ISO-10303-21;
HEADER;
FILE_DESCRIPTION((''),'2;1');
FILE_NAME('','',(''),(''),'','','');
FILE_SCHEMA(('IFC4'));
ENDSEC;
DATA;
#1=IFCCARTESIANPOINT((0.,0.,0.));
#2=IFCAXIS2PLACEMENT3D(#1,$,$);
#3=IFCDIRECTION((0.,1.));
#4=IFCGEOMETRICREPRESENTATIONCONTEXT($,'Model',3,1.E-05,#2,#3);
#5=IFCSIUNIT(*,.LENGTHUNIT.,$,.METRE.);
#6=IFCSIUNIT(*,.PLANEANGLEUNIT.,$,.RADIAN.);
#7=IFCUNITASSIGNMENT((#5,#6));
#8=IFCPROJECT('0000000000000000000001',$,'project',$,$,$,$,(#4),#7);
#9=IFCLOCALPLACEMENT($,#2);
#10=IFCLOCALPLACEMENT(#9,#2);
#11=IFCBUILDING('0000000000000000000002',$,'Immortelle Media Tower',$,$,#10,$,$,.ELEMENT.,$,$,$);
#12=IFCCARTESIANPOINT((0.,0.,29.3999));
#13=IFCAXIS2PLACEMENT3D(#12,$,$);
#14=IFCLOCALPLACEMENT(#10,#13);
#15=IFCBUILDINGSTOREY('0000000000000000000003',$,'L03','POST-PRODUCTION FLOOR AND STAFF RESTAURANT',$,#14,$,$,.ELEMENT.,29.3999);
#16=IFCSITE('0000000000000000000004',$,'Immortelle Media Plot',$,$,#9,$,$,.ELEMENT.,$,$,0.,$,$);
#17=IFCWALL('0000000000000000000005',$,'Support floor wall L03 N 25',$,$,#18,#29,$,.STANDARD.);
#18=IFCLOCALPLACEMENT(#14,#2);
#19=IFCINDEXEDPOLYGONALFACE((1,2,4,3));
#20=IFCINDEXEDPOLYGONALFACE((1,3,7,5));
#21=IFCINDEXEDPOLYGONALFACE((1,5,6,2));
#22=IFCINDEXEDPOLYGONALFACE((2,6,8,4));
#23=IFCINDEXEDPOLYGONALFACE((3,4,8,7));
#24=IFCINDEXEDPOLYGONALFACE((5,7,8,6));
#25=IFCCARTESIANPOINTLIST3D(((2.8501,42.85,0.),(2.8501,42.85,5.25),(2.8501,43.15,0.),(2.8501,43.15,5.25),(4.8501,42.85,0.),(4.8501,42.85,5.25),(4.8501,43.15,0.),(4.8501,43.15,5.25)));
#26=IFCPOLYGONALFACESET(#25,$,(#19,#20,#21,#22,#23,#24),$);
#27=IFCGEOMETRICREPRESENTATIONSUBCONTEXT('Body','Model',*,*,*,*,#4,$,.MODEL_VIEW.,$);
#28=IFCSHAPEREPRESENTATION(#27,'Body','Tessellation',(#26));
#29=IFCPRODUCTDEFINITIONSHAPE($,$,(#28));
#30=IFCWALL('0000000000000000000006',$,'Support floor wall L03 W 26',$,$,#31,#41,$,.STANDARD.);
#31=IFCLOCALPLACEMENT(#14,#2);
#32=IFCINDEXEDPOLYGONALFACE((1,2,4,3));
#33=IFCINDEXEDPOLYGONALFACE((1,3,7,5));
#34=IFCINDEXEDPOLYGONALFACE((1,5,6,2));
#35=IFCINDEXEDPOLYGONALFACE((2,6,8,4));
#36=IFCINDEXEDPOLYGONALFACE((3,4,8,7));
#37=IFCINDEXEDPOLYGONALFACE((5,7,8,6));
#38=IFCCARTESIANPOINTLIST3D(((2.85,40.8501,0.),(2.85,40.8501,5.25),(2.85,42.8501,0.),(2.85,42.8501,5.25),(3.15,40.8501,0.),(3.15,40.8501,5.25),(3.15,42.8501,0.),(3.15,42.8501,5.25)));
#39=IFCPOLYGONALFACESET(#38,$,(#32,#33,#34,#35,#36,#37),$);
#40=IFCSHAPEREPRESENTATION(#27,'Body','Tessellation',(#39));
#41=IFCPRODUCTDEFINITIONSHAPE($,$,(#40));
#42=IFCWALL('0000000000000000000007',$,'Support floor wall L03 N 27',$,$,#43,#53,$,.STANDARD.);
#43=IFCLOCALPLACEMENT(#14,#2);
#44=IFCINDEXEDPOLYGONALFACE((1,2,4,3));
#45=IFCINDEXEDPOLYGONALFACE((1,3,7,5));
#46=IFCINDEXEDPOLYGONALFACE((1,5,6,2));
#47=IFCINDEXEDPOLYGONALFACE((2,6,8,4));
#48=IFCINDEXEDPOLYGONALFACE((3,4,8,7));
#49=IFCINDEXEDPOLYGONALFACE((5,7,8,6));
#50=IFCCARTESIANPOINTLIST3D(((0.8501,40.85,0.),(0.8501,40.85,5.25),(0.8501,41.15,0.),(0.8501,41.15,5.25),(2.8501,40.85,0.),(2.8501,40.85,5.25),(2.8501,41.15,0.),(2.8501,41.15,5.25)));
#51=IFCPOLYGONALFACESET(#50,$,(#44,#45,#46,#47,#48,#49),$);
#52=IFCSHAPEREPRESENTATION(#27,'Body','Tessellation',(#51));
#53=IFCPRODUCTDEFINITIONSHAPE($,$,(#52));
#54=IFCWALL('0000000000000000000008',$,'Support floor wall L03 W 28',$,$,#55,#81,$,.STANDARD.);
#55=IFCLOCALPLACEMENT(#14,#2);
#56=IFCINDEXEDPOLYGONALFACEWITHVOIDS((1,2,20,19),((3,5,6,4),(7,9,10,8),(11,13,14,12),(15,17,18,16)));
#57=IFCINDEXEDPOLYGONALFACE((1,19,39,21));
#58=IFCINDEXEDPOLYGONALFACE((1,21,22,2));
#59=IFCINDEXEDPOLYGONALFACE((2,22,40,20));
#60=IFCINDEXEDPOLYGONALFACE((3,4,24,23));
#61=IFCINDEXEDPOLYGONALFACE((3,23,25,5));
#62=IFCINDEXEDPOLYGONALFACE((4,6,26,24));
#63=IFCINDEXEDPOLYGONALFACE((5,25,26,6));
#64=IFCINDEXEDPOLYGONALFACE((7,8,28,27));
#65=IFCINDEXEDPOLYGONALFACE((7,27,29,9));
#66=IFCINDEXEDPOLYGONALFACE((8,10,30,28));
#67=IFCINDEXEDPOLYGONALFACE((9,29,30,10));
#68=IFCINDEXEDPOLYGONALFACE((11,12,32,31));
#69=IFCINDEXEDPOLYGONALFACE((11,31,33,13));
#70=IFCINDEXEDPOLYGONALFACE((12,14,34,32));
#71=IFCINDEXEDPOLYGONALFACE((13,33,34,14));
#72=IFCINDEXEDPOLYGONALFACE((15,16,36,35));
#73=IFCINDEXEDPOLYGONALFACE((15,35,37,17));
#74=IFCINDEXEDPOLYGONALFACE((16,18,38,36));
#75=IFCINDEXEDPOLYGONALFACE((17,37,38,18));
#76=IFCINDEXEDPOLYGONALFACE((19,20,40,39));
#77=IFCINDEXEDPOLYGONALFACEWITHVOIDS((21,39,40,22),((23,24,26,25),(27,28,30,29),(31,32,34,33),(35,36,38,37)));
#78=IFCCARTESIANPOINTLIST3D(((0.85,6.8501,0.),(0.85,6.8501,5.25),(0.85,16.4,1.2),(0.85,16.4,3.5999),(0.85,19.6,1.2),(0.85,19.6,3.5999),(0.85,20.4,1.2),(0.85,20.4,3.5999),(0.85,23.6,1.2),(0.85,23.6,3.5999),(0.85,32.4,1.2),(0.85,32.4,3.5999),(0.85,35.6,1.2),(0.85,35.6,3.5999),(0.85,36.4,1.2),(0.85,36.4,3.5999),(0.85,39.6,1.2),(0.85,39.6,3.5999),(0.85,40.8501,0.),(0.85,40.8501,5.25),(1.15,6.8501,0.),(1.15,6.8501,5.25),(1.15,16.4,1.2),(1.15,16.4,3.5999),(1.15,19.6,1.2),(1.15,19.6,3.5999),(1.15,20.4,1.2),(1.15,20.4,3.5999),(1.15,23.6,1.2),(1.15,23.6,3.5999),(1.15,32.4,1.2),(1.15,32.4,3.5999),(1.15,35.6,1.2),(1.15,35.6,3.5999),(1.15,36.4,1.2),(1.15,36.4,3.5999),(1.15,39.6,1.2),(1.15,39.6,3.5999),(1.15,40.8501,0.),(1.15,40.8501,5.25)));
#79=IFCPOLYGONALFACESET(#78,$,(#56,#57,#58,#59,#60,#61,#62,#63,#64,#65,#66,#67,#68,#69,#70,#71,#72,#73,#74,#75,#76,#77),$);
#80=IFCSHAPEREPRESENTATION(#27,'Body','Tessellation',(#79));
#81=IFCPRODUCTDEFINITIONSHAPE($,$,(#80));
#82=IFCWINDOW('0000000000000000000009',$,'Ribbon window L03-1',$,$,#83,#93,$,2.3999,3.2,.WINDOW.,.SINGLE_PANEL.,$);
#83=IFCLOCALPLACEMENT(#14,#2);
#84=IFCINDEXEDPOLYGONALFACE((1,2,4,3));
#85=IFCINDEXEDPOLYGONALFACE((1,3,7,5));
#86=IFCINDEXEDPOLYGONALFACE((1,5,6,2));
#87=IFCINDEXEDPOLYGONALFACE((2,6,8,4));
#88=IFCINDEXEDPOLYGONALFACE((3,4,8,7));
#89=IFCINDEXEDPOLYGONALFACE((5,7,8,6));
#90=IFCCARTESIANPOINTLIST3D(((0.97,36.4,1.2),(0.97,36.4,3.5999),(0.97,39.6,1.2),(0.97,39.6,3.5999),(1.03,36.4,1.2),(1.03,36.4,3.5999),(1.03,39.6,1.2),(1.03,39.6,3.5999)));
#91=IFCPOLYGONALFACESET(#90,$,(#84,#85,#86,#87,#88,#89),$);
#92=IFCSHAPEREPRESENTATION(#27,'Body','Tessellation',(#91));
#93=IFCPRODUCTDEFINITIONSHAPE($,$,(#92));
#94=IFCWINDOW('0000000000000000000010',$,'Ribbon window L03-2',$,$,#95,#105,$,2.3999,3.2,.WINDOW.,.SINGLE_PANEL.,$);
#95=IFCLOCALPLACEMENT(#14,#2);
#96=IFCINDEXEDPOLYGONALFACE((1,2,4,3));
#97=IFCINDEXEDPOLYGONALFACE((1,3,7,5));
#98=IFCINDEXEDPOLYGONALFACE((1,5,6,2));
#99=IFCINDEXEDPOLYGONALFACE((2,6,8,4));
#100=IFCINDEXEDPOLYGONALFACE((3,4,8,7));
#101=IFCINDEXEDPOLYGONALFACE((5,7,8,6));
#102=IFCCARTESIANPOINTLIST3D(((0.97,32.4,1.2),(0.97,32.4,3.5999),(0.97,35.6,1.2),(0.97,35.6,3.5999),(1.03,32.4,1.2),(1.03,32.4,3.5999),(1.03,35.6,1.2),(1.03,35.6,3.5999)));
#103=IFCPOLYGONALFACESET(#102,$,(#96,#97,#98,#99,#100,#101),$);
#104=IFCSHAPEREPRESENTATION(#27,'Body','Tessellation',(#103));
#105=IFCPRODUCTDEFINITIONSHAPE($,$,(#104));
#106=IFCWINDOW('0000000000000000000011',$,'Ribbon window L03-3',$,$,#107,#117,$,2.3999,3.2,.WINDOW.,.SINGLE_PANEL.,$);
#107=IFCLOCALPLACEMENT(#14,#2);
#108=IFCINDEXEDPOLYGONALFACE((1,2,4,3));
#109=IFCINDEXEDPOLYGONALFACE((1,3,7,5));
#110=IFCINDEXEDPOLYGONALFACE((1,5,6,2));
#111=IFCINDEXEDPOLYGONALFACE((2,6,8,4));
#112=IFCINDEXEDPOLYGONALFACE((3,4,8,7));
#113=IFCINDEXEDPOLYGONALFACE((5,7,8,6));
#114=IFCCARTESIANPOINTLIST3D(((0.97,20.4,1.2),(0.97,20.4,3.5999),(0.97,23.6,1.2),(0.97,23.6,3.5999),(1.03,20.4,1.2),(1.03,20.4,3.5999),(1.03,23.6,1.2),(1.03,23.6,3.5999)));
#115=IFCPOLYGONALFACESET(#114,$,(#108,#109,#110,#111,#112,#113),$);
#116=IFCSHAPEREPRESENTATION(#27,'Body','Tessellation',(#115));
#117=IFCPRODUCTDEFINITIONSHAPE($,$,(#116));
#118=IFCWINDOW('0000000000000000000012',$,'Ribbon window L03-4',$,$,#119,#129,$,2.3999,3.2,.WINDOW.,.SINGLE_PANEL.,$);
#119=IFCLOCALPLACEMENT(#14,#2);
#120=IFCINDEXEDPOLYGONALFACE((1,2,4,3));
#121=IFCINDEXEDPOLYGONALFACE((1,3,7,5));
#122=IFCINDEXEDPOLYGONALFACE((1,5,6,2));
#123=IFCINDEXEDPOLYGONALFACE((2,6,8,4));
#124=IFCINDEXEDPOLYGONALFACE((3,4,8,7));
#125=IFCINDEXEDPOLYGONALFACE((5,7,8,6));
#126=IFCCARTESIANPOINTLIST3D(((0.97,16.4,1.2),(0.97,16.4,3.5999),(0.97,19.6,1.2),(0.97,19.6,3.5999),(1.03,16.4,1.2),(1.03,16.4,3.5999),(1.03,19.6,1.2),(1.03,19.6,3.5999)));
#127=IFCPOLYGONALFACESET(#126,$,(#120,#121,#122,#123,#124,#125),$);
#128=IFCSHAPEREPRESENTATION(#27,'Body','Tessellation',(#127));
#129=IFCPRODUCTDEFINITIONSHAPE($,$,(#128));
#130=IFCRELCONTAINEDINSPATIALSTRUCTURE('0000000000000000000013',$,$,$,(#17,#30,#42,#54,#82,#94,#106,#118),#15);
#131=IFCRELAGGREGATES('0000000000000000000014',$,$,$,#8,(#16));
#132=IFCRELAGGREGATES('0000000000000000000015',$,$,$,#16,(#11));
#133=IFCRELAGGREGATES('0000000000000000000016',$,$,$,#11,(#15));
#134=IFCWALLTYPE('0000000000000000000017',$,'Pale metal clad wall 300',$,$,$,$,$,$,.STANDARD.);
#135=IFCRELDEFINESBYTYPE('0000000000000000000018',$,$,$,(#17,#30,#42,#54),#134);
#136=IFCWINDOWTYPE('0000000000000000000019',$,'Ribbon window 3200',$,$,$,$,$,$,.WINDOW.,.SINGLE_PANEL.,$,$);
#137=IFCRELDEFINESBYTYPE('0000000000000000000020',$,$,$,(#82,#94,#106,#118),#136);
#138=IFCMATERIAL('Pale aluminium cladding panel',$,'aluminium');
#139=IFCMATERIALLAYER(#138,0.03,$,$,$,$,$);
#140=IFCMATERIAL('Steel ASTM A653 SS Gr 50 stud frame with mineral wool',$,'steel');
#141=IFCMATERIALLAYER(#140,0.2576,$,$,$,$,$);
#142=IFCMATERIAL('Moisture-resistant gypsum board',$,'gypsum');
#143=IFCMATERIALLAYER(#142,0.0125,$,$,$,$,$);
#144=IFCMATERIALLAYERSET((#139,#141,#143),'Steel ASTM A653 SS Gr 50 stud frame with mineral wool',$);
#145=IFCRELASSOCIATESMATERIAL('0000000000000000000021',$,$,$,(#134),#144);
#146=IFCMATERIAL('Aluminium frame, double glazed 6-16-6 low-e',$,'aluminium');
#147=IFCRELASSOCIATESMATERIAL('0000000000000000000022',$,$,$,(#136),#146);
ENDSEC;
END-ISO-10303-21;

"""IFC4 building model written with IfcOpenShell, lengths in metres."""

from ifc_helpers import new_model, si_unit, direction, frame, frame_2d, origin, place, context, subcontext, project, spatial, rectangle, extrude, material, layer, layer_set, type_object, element, fill, save


model = new_model("IFC4")

# Units and contexts
model_context = context("Model", 3, precision=1e-05, world=origin(), true_north=direction((0.0, 1.0)))
body_context = subcontext(model_context, "Body", "Model", "MODEL_VIEW")
ifc_project = project(units=[si_unit("LENGTHUNIT", "METRE"), si_unit("PLANEANGLEUNIT", "RADIAN")], contexts=[model_context])

# Site, building, storey
site_placement = place(None, origin())
site = spatial("IfcSite", under=ifc_project, at=site_placement, Name="Immortelle Media Plot", CompositionType="ELEMENT", RefElevation=0.0)
building_placement = place(site_placement, origin())
building = spatial("IfcBuilding", under=site, at=building_placement, Name="Immortelle Media Tower", CompositionType="ELEMENT")
storey_placement = place(building_placement, frame((0.0, 0.0, 29.3999)))
storey = spatial("IfcBuildingStorey", under=building, at=storey_placement, Name="L03", Description="POST-PRODUCTION FLOOR AND STAFF RESTAURANT", CompositionType="ELEMENT", Elevation=29.3999)

# Walls
ifc_material_1 = material(Name="Pale aluminium cladding panel", Category="aluminium")
ifc_layer_1 = layer(ifc_material_1, 0.03)
ifc_material_2 = material(Name="Steel ASTM A653 SS Gr 50 stud frame with mineral wool", Category="steel")
ifc_layer_2 = layer(ifc_material_2, 0.2576)
ifc_material_3 = material(Name="Moisture-resistant gypsum board", Category="gypsum")
ifc_layer_3 = layer(ifc_material_3, 0.0125)
ifc_layer_set_1 = layer_set([ifc_layer_1, ifc_layer_2, ifc_layer_3], Name="Steel ASTM A653 SS Gr 50 stud frame with mineral wool")
wall_type_1 = type_object("IfcWallType", Name="Pale metal clad wall 300", PredefinedType="STANDARD", material=ifc_layer_set_1)
for number, where, z_axis, x_axis, name in (
    (1, (4.8501, 43.0, 0.0), (0.0, 0.0, 1.0), (-1.0, 0.0, 0.0), "Support floor wall L03 N 25"),
    (2, (3.0, 42.8501, 0.0), (0.0, 0.0, 1.0), (0.0, -1.0, 0.0), "Support floor wall L03 W 26"),
    (3, (2.8501, 41.0, 0.0), (0.0, 0.0, 1.0), (-1.0, 0.0, 0.0), "Support floor wall L03 N 27"),
):
    element("IfcWall", number, at=place(storey_placement, frame(where, z_axis=z_axis, x_axis=x_axis)), inside=storey, type_object=wall_type_1, Name=name, PredefinedType="STANDARD", context=body_context, shape_type="SweptSolid", body=[
        extrude(rectangle(XDim=2.0, YDim=0.3, at=frame_2d((1.0, 0.0))), origin(), (0.0, 0.0, 1.0), 5.25),
    ])

# Wall, openings, windows
wall_1_placement = place(storey_placement, frame((1.0, 40.8501, 0.0), z_axis=(0.0, 0.0, 1.0), x_axis=(0.0, -1.0, 0.0)))
wall_1 = element("IfcWall", 4, at=wall_1_placement, inside=storey, type_object=wall_type_1, Name="Support floor wall L03 W 28", PredefinedType="STANDARD", context=body_context, shape_type="SweptSolid", body=[
    extrude(rectangle(XDim=34.0, YDim=0.3, at=frame_2d((17.0, 0.0))), origin(), (0.0, 0.0, 1.0), 5.25),
])
opening_1_placement = place(wall_1_placement, frame((1.25, 0.0, 1.2)))
opening_1 = element("IfcOpeningElement", 5, at=opening_1_placement, cuts=wall_1, PredefinedType="OPENING", context=body_context, shape_type="SweptSolid", body=[
    extrude(rectangle(XDim=3.2, YDim=2.3999, at=frame_2d((1.6001, 1.2))), frame((0.0, 0.1599, 0.0), z_axis=(0.0, -1.0, 0.0), x_axis=(1.0, 0.0, 0.0)), (0.0, 0.0, 1.0), 0.3201),
])
opening_2_placement = place(wall_1_placement, frame((5.25, 0.0, 1.2)))
opening_2 = element("IfcOpeningElement", 6, at=opening_2_placement, cuts=wall_1, PredefinedType="OPENING", context=body_context, shape_type="SweptSolid", body=[
    extrude(rectangle(XDim=3.2, YDim=2.3999, at=frame_2d((1.6001, 1.2))), frame((0.0, 0.1599, 0.0), z_axis=(0.0, -1.0, 0.0), x_axis=(1.0, 0.0, 0.0)), (0.0, 0.0, 1.0), 0.3201),
])
opening_3_placement = place(wall_1_placement, frame((17.25, 0.0, 1.2)))
opening_3 = element("IfcOpeningElement", 7, at=opening_3_placement, cuts=wall_1, PredefinedType="OPENING", context=body_context, shape_type="SweptSolid", body=[
    extrude(rectangle(XDim=3.2, YDim=2.3999, at=frame_2d((1.6001, 1.2))), frame((0.0, 0.1599, 0.0), z_axis=(0.0, -1.0, 0.0), x_axis=(1.0, 0.0, 0.0)), (0.0, 0.0, 1.0), 0.3201),
])
opening_4_placement = place(wall_1_placement, frame((21.25, 0.0, 1.2)))
opening_4 = element("IfcOpeningElement", 8, at=opening_4_placement, cuts=wall_1, PredefinedType="OPENING", context=body_context, shape_type="SweptSolid", body=[
    extrude(rectangle(XDim=3.2, YDim=2.3999, at=frame_2d((1.6001, 1.2))), frame((0.0, 0.1599, 0.0), z_axis=(0.0, -1.0, 0.0), x_axis=(1.0, 0.0, 0.0)), (0.0, 0.0, 1.0), 0.3201),
])
ifc_material_4 = material(Name="Aluminium frame, double glazed 6-16-6 low-e", Category="aluminium")
window_type = type_object("IfcWindowType", Name="Ribbon window 3200", PartitioningType="SINGLE_PANEL", PredefinedType="WINDOW", material=ifc_material_4)
window_1_placement = place(opening_1_placement, origin())
window_1 = element("IfcWindow", 9, at=window_1_placement, inside=storey, type_object=window_type, Name="Ribbon window L03-1", OverallHeight=2.3999, OverallWidth=3.2, PartitioningType="SINGLE_PANEL", PredefinedType="WINDOW", context=body_context, shape_type="SweptSolid", body=[
    extrude(rectangle(XDim=3.2, YDim=2.3999, at=frame_2d((1.6001, 1.2))), frame((0.0, 0.03, 0.0), z_axis=(0.0, -1.0, 0.0), x_axis=(1.0, 0.0, 0.0)), (0.0, 0.0, 1.0), 0.0601),
])
fill(opening_1, window_1)
window_2_placement = place(opening_2_placement, origin())
window_2 = element("IfcWindow", 10, at=window_2_placement, inside=storey, type_object=window_type, Name="Ribbon window L03-2", OverallHeight=2.3999, OverallWidth=3.2, PartitioningType="SINGLE_PANEL", PredefinedType="WINDOW", context=body_context, shape_type="SweptSolid", body=[
    extrude(rectangle(XDim=3.2, YDim=2.3999, at=frame_2d((1.6001, 1.2))), frame((0.0, 0.03, 0.0), z_axis=(0.0, -1.0, 0.0), x_axis=(1.0, 0.0, 0.0)), (0.0, 0.0, 1.0), 0.0601),
])
fill(opening_2, window_2)
window_3_placement = place(opening_3_placement, origin())
window_3 = element("IfcWindow", 11, at=window_3_placement, inside=storey, type_object=window_type, Name="Ribbon window L03-3", OverallHeight=2.3999, OverallWidth=3.2, PartitioningType="SINGLE_PANEL", PredefinedType="WINDOW", context=body_context, shape_type="SweptSolid", body=[
    extrude(rectangle(XDim=3.2, YDim=2.3999, at=frame_2d((1.6001, 1.2))), frame((0.0, 0.03, 0.0), z_axis=(0.0, -1.0, 0.0), x_axis=(1.0, 0.0, 0.0)), (0.0, 0.0, 1.0), 0.0601),
])
fill(opening_3, window_3)
window_4_placement = place(opening_4_placement, origin())
window_4 = element("IfcWindow", 12, at=window_4_placement, inside=storey, type_object=window_type, Name="Ribbon window L03-4", OverallHeight=2.3999, OverallWidth=3.2, PartitioningType="SINGLE_PANEL", PredefinedType="WINDOW", context=body_context, shape_type="SweptSolid", body=[
    extrude(rectangle(XDim=3.2, YDim=2.3999, at=frame_2d((1.6001, 1.2))), frame((0.0, 0.03, 0.0), z_axis=(0.0, -1.0, 0.0), x_axis=(1.0, 0.0, 0.0)), (0.0, 0.0, 1.0), 0.0601),
])
fill(opening_4, window_4)

save(model, "model.ifc")
